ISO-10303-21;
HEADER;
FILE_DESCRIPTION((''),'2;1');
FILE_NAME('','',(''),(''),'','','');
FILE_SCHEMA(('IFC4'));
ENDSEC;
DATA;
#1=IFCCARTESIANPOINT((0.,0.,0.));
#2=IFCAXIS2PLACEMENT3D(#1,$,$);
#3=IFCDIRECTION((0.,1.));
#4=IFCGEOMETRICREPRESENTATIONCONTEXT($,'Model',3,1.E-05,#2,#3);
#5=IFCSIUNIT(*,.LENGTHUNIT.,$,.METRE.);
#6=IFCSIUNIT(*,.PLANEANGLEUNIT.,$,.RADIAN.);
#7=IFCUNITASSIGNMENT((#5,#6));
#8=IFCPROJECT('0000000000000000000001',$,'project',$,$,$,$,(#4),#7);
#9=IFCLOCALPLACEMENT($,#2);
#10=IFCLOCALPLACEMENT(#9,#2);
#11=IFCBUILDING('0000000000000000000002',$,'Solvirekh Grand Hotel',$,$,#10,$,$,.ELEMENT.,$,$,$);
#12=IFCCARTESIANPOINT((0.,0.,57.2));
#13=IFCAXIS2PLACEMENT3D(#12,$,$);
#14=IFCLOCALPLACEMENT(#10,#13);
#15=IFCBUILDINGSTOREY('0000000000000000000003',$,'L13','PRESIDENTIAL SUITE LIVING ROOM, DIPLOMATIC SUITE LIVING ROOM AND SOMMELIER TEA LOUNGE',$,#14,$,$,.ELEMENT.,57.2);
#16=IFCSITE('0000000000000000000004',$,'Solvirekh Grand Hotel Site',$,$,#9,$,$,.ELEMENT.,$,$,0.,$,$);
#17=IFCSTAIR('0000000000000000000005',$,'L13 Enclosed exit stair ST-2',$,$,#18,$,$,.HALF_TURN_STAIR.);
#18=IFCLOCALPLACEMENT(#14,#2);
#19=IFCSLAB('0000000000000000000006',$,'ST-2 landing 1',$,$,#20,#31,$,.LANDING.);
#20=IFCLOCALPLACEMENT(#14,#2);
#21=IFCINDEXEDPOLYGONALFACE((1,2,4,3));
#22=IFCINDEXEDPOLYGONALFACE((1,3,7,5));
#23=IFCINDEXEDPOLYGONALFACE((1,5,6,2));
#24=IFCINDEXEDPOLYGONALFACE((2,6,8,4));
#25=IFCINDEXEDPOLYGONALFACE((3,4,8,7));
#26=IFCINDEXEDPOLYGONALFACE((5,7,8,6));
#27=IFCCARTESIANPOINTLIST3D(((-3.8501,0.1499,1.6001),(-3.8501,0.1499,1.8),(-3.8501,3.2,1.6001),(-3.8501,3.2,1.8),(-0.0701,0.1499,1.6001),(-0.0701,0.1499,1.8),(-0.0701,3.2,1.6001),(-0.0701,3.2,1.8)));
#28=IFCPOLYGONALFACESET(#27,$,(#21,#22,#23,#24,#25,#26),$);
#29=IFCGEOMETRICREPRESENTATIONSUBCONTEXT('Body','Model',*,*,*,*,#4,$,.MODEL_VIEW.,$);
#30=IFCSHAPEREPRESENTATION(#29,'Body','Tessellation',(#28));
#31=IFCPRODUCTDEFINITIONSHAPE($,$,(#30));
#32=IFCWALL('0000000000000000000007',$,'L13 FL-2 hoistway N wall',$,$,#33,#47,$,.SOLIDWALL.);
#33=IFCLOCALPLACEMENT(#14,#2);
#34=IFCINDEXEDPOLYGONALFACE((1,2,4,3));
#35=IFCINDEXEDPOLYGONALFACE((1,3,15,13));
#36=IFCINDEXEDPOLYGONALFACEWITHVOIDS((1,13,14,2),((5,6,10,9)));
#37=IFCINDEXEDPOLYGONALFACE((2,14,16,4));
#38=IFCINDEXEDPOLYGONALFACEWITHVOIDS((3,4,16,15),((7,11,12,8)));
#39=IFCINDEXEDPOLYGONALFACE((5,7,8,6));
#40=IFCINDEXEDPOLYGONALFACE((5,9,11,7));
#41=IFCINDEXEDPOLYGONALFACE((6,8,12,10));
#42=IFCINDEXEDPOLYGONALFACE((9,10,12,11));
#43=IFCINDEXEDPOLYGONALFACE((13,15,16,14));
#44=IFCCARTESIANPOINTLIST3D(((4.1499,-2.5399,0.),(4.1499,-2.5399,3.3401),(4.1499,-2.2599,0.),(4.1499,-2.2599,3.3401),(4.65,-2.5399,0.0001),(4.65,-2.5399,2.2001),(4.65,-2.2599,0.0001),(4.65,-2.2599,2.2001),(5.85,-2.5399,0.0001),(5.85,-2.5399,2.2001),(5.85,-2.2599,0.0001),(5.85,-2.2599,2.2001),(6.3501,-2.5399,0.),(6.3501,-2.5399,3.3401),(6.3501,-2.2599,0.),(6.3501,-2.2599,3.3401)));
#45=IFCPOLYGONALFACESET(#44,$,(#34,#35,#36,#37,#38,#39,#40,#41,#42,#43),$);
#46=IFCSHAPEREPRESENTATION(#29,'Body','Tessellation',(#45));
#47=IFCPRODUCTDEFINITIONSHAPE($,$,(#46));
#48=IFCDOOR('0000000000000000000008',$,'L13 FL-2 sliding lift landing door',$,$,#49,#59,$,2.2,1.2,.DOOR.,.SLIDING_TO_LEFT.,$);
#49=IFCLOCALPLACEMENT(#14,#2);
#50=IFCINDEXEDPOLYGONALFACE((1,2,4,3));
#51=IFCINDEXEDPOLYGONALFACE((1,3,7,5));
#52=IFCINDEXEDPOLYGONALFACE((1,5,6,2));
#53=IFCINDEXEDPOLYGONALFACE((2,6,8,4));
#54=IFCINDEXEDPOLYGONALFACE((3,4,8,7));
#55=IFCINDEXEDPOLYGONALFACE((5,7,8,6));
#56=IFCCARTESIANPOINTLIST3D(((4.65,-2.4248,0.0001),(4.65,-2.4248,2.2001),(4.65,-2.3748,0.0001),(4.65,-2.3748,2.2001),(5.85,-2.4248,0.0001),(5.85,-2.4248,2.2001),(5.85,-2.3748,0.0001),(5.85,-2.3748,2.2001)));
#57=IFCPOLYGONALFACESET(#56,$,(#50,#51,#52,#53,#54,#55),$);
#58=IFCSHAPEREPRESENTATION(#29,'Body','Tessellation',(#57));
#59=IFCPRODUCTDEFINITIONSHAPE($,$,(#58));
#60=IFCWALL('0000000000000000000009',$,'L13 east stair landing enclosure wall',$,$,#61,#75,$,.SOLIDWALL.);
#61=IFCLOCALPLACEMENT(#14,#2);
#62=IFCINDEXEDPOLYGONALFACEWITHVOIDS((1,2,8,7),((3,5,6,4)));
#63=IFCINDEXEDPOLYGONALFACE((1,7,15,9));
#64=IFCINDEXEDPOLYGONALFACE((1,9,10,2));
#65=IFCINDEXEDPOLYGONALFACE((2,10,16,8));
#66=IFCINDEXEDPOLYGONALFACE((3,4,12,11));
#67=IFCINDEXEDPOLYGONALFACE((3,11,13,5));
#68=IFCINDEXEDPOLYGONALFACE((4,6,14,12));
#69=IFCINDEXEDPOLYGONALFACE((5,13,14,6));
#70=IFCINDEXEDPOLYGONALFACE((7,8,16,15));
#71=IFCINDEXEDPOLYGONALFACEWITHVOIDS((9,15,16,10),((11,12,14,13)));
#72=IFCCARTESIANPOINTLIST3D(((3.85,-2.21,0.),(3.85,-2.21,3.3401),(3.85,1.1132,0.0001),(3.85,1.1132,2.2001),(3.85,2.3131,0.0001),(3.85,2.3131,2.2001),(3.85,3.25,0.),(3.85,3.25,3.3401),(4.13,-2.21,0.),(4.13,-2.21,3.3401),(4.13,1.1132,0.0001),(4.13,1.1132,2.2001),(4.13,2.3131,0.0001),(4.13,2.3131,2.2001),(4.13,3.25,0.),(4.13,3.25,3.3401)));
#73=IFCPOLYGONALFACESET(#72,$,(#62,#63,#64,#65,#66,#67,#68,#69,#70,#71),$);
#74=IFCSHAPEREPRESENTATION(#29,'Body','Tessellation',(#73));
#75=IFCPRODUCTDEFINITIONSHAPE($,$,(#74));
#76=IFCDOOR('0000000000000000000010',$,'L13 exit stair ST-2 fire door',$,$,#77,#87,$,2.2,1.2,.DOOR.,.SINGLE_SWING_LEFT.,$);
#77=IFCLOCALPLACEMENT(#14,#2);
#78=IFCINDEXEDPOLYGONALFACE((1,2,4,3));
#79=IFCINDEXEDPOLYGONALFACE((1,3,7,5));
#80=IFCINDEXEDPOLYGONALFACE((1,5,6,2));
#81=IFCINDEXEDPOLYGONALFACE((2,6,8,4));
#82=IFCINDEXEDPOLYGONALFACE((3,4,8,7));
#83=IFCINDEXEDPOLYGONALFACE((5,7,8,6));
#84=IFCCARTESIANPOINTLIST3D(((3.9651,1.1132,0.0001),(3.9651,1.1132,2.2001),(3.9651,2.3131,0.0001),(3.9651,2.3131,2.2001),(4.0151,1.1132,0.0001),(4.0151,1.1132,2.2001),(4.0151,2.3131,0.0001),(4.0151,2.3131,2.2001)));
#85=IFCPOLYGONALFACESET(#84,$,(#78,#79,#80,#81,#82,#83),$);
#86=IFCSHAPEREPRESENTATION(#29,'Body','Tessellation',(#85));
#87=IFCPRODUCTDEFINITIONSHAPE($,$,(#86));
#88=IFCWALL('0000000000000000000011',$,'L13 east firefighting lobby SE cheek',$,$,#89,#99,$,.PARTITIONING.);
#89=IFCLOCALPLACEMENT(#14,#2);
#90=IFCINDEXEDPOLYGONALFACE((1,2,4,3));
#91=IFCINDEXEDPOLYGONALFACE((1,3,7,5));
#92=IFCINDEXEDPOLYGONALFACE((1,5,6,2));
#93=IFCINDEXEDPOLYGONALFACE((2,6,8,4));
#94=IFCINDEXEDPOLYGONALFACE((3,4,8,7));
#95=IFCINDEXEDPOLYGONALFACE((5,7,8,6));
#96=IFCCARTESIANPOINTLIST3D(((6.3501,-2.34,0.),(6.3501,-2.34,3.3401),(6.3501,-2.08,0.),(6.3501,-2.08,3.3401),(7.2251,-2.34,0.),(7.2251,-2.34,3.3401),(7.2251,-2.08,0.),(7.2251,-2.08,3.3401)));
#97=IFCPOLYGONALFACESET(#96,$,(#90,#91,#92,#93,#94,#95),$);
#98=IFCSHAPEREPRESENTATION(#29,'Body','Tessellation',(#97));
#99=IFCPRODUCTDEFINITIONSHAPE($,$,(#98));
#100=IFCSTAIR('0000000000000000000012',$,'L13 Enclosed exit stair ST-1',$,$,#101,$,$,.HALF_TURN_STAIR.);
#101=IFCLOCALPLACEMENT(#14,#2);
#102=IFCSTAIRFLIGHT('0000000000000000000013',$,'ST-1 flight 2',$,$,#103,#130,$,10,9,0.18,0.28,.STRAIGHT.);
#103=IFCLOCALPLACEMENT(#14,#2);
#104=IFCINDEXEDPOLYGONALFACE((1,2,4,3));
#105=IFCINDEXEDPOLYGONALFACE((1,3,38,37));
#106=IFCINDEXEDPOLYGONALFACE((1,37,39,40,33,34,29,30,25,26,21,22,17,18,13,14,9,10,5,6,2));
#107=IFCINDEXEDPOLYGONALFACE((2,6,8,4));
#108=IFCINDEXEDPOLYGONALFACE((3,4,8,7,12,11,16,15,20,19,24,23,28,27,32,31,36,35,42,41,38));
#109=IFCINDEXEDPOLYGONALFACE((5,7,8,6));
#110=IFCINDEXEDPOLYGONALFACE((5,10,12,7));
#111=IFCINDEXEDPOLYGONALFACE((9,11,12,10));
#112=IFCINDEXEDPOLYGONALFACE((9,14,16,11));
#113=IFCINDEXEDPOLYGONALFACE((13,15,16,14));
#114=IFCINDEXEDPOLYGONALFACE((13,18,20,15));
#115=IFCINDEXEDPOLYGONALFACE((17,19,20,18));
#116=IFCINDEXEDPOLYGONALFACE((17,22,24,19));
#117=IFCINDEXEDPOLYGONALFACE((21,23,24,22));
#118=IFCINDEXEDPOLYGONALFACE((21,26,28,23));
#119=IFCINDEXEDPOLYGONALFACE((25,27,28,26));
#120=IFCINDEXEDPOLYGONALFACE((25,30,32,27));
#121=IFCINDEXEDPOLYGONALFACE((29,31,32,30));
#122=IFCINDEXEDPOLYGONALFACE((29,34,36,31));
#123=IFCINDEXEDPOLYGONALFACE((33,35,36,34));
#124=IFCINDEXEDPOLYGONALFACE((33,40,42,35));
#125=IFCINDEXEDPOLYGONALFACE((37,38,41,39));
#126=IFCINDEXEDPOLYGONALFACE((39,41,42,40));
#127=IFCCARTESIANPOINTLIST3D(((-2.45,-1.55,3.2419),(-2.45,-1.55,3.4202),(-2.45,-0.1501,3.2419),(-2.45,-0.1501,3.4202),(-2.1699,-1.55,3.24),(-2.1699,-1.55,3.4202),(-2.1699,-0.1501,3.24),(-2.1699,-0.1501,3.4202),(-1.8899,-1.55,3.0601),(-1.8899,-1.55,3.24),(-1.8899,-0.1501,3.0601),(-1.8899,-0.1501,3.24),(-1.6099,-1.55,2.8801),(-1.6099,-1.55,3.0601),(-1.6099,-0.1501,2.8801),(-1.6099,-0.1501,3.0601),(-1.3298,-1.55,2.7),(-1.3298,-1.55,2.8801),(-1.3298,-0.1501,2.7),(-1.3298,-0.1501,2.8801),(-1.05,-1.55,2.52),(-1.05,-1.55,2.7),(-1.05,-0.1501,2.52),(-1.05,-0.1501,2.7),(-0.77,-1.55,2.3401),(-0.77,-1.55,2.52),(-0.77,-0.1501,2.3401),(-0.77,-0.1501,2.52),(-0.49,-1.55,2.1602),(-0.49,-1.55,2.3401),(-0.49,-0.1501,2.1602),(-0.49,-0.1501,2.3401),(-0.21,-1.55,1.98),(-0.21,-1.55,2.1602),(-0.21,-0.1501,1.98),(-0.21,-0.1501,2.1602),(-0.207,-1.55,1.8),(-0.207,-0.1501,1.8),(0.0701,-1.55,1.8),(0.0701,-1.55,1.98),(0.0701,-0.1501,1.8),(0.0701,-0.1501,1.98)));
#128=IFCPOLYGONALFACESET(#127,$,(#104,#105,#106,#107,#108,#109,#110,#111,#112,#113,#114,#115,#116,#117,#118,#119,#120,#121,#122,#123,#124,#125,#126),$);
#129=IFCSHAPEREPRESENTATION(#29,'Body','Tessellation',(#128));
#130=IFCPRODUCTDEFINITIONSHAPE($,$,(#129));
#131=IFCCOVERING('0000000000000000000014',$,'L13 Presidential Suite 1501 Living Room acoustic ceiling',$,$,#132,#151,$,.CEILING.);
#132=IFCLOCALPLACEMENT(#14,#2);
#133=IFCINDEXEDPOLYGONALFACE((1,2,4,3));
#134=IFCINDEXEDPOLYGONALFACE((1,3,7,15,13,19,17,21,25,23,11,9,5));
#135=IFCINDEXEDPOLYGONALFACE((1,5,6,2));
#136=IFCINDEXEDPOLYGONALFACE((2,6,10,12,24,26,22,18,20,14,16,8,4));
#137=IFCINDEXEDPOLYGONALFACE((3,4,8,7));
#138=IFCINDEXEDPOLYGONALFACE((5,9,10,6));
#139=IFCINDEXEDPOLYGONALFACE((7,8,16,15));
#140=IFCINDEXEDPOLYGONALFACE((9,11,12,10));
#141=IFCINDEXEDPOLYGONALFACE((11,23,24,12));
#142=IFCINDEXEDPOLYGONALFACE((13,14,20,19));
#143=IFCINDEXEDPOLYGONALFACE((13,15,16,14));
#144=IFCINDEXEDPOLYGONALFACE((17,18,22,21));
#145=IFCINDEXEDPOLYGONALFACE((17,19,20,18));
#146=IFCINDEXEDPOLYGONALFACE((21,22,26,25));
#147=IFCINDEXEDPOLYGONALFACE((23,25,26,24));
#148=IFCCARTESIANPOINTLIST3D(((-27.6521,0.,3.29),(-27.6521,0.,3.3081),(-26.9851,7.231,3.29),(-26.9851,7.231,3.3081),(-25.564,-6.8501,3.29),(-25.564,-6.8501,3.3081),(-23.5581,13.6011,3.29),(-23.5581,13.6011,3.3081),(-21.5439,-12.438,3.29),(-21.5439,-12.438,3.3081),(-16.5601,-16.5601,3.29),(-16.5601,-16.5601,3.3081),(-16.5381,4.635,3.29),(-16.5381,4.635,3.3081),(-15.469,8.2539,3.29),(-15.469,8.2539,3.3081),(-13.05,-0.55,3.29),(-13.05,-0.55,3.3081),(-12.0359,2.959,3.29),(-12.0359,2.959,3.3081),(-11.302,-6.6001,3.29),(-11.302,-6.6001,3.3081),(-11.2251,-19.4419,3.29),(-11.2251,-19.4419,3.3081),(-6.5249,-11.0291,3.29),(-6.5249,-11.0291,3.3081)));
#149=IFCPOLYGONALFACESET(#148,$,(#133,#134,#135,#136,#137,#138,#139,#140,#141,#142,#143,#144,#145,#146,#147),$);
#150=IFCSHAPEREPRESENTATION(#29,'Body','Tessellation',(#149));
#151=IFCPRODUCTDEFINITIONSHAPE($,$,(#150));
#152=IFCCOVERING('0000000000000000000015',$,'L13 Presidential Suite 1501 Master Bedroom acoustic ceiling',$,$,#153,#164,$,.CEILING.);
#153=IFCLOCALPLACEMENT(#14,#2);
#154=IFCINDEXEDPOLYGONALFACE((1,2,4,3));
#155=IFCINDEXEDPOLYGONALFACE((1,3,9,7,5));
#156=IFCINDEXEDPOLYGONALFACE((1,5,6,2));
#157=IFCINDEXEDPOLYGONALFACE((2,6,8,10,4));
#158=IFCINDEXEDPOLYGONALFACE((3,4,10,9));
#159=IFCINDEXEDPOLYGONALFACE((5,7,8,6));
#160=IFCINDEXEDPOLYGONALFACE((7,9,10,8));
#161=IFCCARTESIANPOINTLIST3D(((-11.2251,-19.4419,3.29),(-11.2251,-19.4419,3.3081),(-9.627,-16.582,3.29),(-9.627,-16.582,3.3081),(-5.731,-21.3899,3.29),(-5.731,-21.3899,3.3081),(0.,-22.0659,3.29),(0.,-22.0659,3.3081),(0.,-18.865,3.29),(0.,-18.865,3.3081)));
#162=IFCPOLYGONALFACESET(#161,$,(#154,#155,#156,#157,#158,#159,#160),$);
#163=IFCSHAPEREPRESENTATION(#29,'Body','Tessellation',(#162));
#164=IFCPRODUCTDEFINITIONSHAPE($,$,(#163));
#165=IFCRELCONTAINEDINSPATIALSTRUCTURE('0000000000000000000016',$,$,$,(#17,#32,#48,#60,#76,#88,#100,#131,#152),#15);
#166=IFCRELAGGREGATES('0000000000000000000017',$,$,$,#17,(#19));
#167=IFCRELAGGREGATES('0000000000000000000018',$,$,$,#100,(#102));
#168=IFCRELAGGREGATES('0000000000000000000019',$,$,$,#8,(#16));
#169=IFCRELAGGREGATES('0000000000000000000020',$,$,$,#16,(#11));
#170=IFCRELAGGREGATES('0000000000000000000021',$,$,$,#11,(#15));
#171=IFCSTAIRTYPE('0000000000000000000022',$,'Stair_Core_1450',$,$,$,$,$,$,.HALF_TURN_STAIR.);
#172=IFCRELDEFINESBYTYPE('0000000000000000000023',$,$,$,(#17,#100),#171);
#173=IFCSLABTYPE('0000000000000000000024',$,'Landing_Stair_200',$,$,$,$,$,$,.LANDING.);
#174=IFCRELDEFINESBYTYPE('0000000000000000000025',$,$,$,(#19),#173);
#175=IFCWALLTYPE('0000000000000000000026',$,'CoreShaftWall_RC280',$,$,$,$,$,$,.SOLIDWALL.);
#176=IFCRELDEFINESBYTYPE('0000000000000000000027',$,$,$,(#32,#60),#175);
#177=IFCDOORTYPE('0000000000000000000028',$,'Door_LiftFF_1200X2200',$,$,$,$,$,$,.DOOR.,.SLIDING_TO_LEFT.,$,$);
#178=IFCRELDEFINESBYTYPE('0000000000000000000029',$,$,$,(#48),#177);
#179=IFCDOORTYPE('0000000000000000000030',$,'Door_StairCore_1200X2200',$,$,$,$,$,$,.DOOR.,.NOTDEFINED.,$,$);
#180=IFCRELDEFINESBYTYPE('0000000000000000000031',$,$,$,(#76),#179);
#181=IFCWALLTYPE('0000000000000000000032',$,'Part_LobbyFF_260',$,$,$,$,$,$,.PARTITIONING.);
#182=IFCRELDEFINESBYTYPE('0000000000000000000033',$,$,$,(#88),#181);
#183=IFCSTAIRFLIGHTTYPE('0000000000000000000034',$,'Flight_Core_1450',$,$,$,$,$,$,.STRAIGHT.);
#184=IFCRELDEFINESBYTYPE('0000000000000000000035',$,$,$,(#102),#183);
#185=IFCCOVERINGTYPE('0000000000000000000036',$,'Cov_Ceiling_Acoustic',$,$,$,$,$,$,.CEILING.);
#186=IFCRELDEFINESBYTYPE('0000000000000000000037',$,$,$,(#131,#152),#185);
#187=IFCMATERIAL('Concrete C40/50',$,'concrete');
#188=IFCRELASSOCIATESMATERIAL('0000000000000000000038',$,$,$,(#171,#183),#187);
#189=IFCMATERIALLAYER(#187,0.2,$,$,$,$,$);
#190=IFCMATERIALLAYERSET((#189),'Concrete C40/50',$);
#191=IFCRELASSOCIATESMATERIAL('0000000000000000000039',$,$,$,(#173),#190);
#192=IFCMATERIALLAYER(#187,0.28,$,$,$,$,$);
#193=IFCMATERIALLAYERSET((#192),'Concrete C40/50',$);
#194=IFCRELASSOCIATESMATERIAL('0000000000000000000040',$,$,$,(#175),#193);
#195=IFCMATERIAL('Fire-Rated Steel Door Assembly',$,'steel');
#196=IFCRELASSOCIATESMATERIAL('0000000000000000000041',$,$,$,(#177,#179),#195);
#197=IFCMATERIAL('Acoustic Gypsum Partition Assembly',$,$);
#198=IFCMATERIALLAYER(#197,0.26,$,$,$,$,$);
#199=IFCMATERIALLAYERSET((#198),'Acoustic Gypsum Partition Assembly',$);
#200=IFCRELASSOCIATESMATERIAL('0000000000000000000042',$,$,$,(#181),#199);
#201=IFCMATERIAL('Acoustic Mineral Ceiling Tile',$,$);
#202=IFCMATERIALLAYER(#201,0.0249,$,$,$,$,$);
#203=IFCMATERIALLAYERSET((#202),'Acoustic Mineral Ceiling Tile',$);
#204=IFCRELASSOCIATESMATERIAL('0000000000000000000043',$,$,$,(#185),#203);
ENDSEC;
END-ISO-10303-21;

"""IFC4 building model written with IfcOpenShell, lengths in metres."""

from ifc_helpers import new_model, si_unit, direction, frame, frame_2d, origin, place, context, subcontext, project, spatial, polyline, rectangle, outline, extrude, material, layer, layer_set, type_object, element, fill, aggregate, save


model = new_model("IFC4")

# Units and contexts
model_context = context("Model", 3, precision=1e-05, world=origin(), true_north=direction((0.0, 1.0)))
body_context = subcontext(model_context, "Body", "Model", "MODEL_VIEW")
ifc_project = project(units=[si_unit("LENGTHUNIT", "METRE"), si_unit("PLANEANGLEUNIT", "RADIAN")], contexts=[model_context])

# Site, building, storey
site_placement = place(None, origin())
site = spatial("IfcSite", under=ifc_project, at=site_placement, Name="Solvirekh Grand Hotel Site", CompositionType="ELEMENT", RefElevation=0.0)
building_placement = place(site_placement, origin())
building = spatial("IfcBuilding", under=site, at=building_placement, Name="Solvirekh Grand Hotel", CompositionType="ELEMENT")
storey_placement = place(building_placement, frame((0.0, 0.0, 57.2)))
storey = spatial("IfcBuildingStorey", under=building, at=storey_placement, Name="L13", Description="PRESIDENTIAL SUITE LIVING ROOM, DIPLOMATIC SUITE LIVING ROOM AND SOMMELIER TEA LOUNGE", CompositionType="ELEMENT", Elevation=57.2)

# Stair, slab
ifc_material_1 = material(Name="Concrete C40/50", Category="concrete")
stair_type = type_object("IfcStairType", Name="Stair_Core_1450", PredefinedType="HALF_TURN_STAIR", material=ifc_material_1)
stair_1_placement = place(storey_placement, origin())
stair_1 = element("IfcStair", 1, at=stair_1_placement, inside=storey, type_object=stair_type, Name="L13 Enclosed exit stair ST-2", PredefinedType="HALF_TURN_STAIR")
ifc_layer_1 = layer(ifc_material_1, 0.2)
ifc_layer_set_1 = layer_set([ifc_layer_1], Name="Concrete C40/50")
slab_type = type_object("IfcSlabType", Name="Landing_Stair_200", PredefinedType="LANDING", material=ifc_layer_set_1)
slab_placement = place(storey_placement, frame((0.0, 0.0, 1.6001)))
slab = element("IfcSlab", 2, at=slab_placement, type_object=slab_type, Name="ST-2 landing 1", PredefinedType="LANDING", context=body_context, shape_type="SweptSolid", body=[
    extrude(outline(polyline([(-0.0701, 3.2), (-3.8501, 3.2), (-3.8501, 0.1499), (-0.0701, 0.1499), (-0.0701, 3.2)])), origin(), (0.0, 0.0, 1.0), 0.2),
])
aggregate(stair_1, [slab])

# Walls, openings, doors
ifc_layer_2 = layer(ifc_material_1, 0.28)
ifc_layer_set_2 = layer_set([ifc_layer_2], Name="Concrete C40/50")
wall_type_1 = type_object("IfcWallType", Name="CoreShaftWall_RC280", PredefinedType="SOLIDWALL", material=ifc_layer_set_2)
wall_1_placement = place(storey_placement, frame((6.3501, -2.3999, 0.0), z_axis=(0.0, 0.0, 1.0), x_axis=(-1.0, 0.0, 0.0)))
wall_1 = element("IfcWall", 3, at=wall_1_placement, inside=storey, type_object=wall_type_1, Name="L13 FL-2 hoistway N wall", PredefinedType="SOLIDWALL", context=body_context, shape_type="SweptSolid", body=[
    extrude(rectangle(XDim=2.2002, YDim=0.28, at=frame_2d((1.1001, 0.0))), origin(), (0.0, 0.0, 1.0), 3.3401),
])
opening_1_placement = place(wall_1_placement, frame((0.5, 0.0, 0.0)))
opening_1 = element("IfcOpeningElement", 4, at=opening_1_placement, cuts=wall_1, PredefinedType="OPENING", context=body_context, shape_type="SweptSolid", body=[
    extrude(rectangle(XDim=1.2, YDim=2.2, at=frame_2d((0.6001, 1.1001))), frame((0.0, 0.1499, 0.0), z_axis=(0.0, -1.0, 0.0), x_axis=(1.0, 0.0, 0.0)), (0.0, 0.0, 1.0), 0.3),
])
ifc_material_2 = material(Name="Fire-Rated Steel Door Assembly", Category="steel")
door_type_1 = type_object("IfcDoorType", Name="Door_LiftFF_1200X2200", OperationType="SLIDING_TO_LEFT", PredefinedType="DOOR", material=ifc_material_2)
door_1_placement = place(opening_1_placement, origin())
door_1 = element("IfcDoor", 5, at=door_1_placement, inside=storey, type_object=door_type_1, Name="L13 FL-2 sliding lift landing door", OperationType="SLIDING_TO_LEFT", OverallHeight=2.2, OverallWidth=1.2, PredefinedType="DOOR", context=body_context, shape_type="SweptSolid", body=[
    extrude(rectangle(XDim=1.2, YDim=2.2, at=frame_2d((0.6001, 1.1001))), frame((0.0, 0.0249, 0.0), z_axis=(0.0, -1.0, 0.0), x_axis=(1.0, 0.0, 0.0)), (0.0, 0.0, 1.0), 0.05),
])
fill(opening_1, door_1)
wall_2_placement = place(storey_placement, frame((3.99, -2.21, 0.0), z_axis=(0.0, 0.0, 1.0), x_axis=(0.0, 1.0, 0.0)))
wall_2 = element("IfcWall", 6, at=wall_2_placement, inside=storey, type_object=wall_type_1, Name="L13 east stair landing enclosure wall", PredefinedType="SOLIDWALL", context=body_context, shape_type="SweptSolid", body=[
    extrude(rectangle(XDim=5.46, YDim=0.28, at=frame_2d((2.73, 0.0))), origin(), (0.0, 0.0, 1.0), 3.3401),
])
opening_2_placement = place(wall_2_placement, frame((3.323, 0.0, 0.0)))
opening_2 = element("IfcOpeningElement", 7, at=opening_2_placement, cuts=wall_2, PredefinedType="OPENING", context=body_context, shape_type="SweptSolid", body=[
    extrude(rectangle(XDim=1.2, YDim=2.2, at=frame_2d((0.6001, 1.1001))), frame((0.0, 0.1499, 0.0), z_axis=(0.0, -1.0, 0.0), x_axis=(1.0, 0.0, 0.0)), (0.0, 0.0, 1.0), 0.3),
])
door_type_2 = type_object("IfcDoorType", Name="Door_StairCore_1200X2200", OperationType="NOTDEFINED", PredefinedType="DOOR", material=ifc_material_2)
door_2_placement = place(opening_2_placement, origin())
door_2 = element("IfcDoor", 8, at=door_2_placement, inside=storey, type_object=door_type_2, Name="L13 exit stair ST-2 fire door", OperationType="SINGLE_SWING_LEFT", OverallHeight=2.2, OverallWidth=1.2, PredefinedType="DOOR", context=body_context, shape_type="SweptSolid", body=[
    extrude(rectangle(XDim=1.2, YDim=2.2, at=frame_2d((0.6001, 1.1001))), frame((0.0, 0.0249, 0.0), z_axis=(0.0, -1.0, 0.0), x_axis=(1.0, 0.0, 0.0)), (0.0, 0.0, 1.0), 0.05),
])
fill(opening_2, door_2)

# Wall
ifc_material_3 = material(Name="Acoustic Gypsum Partition Assembly")
ifc_layer_3 = layer(ifc_material_3, 0.26)
ifc_layer_set_3 = layer_set([ifc_layer_3], Name="Acoustic Gypsum Partition Assembly")
wall_type_2 = type_object("IfcWallType", Name="Part_LobbyFF_260", PredefinedType="PARTITIONING", material=ifc_layer_set_3)
wall_3_placement = place(storey_placement, frame((6.3501, -2.21, 0.0), z_axis=(0.0, 0.0, 1.0), x_axis=(1.0, 0.0, 0.0)))
element("IfcWall", 9, at=wall_3_placement, inside=storey, type_object=wall_type_2, Name="L13 east firefighting lobby SE cheek", PredefinedType="PARTITIONING", context=body_context, shape_type="SweptSolid", body=[
    extrude(rectangle(XDim=0.875, YDim=0.26, at=frame_2d((0.4375, 0.0))), origin(), (0.0, 0.0, 1.0), 3.3401),
])

# Stair, stair flight
stair_2_placement = place(storey_placement, origin())
stair_2 = element("IfcStair", 10, at=stair_2_placement, inside=storey, type_object=stair_type, Name="L13 Enclosed exit stair ST-1", PredefinedType="HALF_TURN_STAIR")
stair_flight_type = type_object("IfcStairFlightType", Name="Flight_Core_1450", PredefinedType="STRAIGHT", material=ifc_material_1)
stair_flight_placement = place(storey_placement, frame((0.0701, -0.8501, 1.8), z_axis=(0.0, 0.0, 1.0), x_axis=(-1.0, 0.0, 0.0)))
stair_flight = element("IfcStairFlight", 11, at=stair_flight_placement, type_object=stair_flight_type, Name="ST-1 flight 2", NumberOfRisers=10, NumberOfTreads=9, PredefinedType="STRAIGHT", RiserHeight=0.18, TreadLength=0.28, context=body_context, shape_type="SweptSolid", body=[
    extrude(outline(polyline([(0.0, 0.0), (0.0, 0.1799), (0.28, 0.1799), (0.28, 0.3601), (0.5601, 0.3601), (0.5601, 0.54), (0.8401, 0.54), (0.8401, 0.72), (1.1201, 0.72), (1.1201, 0.8999), (1.3999, 0.8999), (1.3999, 1.0801), (1.6799, 1.0801), (1.6799, 1.26), (1.96, 1.26), (1.96, 1.4399), (2.24, 1.4399), (2.24, 1.6201), (2.52, 1.6201), (2.52, 1.8), (2.52, 1.4419), (0.2771, 0.0), (0.0, 0.0)])), frame((0.0, 0.7, 0.0), z_axis=(0.0, -1.0, 0.0), x_axis=(1.0, 0.0, 0.0)), (0.0, 0.0, 1.0), 1.3999),
])
aggregate(stair_2, [stair_flight])

# Coverings
ifc_material_4 = material(Name="Acoustic Mineral Ceiling Tile")
ifc_layer_4 = layer(ifc_material_4, 0.0249)
ifc_layer_set_4 = layer_set([ifc_layer_4], Name="Acoustic Mineral Ceiling Tile")
covering_type_1 = type_object("IfcCoveringType", Name="Cov_Ceiling_Acoustic", PredefinedType="CEILING", material=ifc_layer_set_4)
covering_1_placement = place(storey_placement, frame((0.0, 0.0, 3.29)))
element("IfcCovering", 12, at=covering_1_placement, inside=storey, type_object=covering_type_1, Name="L13 Presidential Suite 1501 Living Room acoustic ceiling", PredefinedType="CEILING", context=body_context, shape_type="SweptSolid", body=[
    extrude(outline(polyline([(-16.5381, 4.635), (-15.469, 8.2539), (-23.5581, 13.6011), (-26.9851, 7.231), (-27.6521, 0.0), (-25.564, -6.8501), (-21.5439, -12.438), (-16.5601, -16.5601), (-11.2251, -19.4419), (-6.5249, -11.0291), (-11.302, -6.6001), (-13.05, -0.55), (-12.0359, 2.959), (-16.5381, 4.635)])), origin(), (0.0, 0.0, 1.0), 0.0181),
])
covering_2_placement = place(storey_placement, frame((0.0, 0.0, 3.29)))
element("IfcCovering", 13, at=covering_2_placement, inside=storey, type_object=covering_type_1, Name="L13 Presidential Suite 1501 Master Bedroom acoustic ceiling", PredefinedType="CEILING", context=body_context, shape_type="SweptSolid", body=[
    extrude(outline(polyline([(-11.2251, -19.4419), (-5.731, -21.3899), (0.0, -22.0659), (0.0, -18.865), (-9.627, -16.582), (-11.2251, -19.4419)])), origin(), (0.0, 0.0, 1.0), 0.0181),
])

save(model, "model.ifc")
